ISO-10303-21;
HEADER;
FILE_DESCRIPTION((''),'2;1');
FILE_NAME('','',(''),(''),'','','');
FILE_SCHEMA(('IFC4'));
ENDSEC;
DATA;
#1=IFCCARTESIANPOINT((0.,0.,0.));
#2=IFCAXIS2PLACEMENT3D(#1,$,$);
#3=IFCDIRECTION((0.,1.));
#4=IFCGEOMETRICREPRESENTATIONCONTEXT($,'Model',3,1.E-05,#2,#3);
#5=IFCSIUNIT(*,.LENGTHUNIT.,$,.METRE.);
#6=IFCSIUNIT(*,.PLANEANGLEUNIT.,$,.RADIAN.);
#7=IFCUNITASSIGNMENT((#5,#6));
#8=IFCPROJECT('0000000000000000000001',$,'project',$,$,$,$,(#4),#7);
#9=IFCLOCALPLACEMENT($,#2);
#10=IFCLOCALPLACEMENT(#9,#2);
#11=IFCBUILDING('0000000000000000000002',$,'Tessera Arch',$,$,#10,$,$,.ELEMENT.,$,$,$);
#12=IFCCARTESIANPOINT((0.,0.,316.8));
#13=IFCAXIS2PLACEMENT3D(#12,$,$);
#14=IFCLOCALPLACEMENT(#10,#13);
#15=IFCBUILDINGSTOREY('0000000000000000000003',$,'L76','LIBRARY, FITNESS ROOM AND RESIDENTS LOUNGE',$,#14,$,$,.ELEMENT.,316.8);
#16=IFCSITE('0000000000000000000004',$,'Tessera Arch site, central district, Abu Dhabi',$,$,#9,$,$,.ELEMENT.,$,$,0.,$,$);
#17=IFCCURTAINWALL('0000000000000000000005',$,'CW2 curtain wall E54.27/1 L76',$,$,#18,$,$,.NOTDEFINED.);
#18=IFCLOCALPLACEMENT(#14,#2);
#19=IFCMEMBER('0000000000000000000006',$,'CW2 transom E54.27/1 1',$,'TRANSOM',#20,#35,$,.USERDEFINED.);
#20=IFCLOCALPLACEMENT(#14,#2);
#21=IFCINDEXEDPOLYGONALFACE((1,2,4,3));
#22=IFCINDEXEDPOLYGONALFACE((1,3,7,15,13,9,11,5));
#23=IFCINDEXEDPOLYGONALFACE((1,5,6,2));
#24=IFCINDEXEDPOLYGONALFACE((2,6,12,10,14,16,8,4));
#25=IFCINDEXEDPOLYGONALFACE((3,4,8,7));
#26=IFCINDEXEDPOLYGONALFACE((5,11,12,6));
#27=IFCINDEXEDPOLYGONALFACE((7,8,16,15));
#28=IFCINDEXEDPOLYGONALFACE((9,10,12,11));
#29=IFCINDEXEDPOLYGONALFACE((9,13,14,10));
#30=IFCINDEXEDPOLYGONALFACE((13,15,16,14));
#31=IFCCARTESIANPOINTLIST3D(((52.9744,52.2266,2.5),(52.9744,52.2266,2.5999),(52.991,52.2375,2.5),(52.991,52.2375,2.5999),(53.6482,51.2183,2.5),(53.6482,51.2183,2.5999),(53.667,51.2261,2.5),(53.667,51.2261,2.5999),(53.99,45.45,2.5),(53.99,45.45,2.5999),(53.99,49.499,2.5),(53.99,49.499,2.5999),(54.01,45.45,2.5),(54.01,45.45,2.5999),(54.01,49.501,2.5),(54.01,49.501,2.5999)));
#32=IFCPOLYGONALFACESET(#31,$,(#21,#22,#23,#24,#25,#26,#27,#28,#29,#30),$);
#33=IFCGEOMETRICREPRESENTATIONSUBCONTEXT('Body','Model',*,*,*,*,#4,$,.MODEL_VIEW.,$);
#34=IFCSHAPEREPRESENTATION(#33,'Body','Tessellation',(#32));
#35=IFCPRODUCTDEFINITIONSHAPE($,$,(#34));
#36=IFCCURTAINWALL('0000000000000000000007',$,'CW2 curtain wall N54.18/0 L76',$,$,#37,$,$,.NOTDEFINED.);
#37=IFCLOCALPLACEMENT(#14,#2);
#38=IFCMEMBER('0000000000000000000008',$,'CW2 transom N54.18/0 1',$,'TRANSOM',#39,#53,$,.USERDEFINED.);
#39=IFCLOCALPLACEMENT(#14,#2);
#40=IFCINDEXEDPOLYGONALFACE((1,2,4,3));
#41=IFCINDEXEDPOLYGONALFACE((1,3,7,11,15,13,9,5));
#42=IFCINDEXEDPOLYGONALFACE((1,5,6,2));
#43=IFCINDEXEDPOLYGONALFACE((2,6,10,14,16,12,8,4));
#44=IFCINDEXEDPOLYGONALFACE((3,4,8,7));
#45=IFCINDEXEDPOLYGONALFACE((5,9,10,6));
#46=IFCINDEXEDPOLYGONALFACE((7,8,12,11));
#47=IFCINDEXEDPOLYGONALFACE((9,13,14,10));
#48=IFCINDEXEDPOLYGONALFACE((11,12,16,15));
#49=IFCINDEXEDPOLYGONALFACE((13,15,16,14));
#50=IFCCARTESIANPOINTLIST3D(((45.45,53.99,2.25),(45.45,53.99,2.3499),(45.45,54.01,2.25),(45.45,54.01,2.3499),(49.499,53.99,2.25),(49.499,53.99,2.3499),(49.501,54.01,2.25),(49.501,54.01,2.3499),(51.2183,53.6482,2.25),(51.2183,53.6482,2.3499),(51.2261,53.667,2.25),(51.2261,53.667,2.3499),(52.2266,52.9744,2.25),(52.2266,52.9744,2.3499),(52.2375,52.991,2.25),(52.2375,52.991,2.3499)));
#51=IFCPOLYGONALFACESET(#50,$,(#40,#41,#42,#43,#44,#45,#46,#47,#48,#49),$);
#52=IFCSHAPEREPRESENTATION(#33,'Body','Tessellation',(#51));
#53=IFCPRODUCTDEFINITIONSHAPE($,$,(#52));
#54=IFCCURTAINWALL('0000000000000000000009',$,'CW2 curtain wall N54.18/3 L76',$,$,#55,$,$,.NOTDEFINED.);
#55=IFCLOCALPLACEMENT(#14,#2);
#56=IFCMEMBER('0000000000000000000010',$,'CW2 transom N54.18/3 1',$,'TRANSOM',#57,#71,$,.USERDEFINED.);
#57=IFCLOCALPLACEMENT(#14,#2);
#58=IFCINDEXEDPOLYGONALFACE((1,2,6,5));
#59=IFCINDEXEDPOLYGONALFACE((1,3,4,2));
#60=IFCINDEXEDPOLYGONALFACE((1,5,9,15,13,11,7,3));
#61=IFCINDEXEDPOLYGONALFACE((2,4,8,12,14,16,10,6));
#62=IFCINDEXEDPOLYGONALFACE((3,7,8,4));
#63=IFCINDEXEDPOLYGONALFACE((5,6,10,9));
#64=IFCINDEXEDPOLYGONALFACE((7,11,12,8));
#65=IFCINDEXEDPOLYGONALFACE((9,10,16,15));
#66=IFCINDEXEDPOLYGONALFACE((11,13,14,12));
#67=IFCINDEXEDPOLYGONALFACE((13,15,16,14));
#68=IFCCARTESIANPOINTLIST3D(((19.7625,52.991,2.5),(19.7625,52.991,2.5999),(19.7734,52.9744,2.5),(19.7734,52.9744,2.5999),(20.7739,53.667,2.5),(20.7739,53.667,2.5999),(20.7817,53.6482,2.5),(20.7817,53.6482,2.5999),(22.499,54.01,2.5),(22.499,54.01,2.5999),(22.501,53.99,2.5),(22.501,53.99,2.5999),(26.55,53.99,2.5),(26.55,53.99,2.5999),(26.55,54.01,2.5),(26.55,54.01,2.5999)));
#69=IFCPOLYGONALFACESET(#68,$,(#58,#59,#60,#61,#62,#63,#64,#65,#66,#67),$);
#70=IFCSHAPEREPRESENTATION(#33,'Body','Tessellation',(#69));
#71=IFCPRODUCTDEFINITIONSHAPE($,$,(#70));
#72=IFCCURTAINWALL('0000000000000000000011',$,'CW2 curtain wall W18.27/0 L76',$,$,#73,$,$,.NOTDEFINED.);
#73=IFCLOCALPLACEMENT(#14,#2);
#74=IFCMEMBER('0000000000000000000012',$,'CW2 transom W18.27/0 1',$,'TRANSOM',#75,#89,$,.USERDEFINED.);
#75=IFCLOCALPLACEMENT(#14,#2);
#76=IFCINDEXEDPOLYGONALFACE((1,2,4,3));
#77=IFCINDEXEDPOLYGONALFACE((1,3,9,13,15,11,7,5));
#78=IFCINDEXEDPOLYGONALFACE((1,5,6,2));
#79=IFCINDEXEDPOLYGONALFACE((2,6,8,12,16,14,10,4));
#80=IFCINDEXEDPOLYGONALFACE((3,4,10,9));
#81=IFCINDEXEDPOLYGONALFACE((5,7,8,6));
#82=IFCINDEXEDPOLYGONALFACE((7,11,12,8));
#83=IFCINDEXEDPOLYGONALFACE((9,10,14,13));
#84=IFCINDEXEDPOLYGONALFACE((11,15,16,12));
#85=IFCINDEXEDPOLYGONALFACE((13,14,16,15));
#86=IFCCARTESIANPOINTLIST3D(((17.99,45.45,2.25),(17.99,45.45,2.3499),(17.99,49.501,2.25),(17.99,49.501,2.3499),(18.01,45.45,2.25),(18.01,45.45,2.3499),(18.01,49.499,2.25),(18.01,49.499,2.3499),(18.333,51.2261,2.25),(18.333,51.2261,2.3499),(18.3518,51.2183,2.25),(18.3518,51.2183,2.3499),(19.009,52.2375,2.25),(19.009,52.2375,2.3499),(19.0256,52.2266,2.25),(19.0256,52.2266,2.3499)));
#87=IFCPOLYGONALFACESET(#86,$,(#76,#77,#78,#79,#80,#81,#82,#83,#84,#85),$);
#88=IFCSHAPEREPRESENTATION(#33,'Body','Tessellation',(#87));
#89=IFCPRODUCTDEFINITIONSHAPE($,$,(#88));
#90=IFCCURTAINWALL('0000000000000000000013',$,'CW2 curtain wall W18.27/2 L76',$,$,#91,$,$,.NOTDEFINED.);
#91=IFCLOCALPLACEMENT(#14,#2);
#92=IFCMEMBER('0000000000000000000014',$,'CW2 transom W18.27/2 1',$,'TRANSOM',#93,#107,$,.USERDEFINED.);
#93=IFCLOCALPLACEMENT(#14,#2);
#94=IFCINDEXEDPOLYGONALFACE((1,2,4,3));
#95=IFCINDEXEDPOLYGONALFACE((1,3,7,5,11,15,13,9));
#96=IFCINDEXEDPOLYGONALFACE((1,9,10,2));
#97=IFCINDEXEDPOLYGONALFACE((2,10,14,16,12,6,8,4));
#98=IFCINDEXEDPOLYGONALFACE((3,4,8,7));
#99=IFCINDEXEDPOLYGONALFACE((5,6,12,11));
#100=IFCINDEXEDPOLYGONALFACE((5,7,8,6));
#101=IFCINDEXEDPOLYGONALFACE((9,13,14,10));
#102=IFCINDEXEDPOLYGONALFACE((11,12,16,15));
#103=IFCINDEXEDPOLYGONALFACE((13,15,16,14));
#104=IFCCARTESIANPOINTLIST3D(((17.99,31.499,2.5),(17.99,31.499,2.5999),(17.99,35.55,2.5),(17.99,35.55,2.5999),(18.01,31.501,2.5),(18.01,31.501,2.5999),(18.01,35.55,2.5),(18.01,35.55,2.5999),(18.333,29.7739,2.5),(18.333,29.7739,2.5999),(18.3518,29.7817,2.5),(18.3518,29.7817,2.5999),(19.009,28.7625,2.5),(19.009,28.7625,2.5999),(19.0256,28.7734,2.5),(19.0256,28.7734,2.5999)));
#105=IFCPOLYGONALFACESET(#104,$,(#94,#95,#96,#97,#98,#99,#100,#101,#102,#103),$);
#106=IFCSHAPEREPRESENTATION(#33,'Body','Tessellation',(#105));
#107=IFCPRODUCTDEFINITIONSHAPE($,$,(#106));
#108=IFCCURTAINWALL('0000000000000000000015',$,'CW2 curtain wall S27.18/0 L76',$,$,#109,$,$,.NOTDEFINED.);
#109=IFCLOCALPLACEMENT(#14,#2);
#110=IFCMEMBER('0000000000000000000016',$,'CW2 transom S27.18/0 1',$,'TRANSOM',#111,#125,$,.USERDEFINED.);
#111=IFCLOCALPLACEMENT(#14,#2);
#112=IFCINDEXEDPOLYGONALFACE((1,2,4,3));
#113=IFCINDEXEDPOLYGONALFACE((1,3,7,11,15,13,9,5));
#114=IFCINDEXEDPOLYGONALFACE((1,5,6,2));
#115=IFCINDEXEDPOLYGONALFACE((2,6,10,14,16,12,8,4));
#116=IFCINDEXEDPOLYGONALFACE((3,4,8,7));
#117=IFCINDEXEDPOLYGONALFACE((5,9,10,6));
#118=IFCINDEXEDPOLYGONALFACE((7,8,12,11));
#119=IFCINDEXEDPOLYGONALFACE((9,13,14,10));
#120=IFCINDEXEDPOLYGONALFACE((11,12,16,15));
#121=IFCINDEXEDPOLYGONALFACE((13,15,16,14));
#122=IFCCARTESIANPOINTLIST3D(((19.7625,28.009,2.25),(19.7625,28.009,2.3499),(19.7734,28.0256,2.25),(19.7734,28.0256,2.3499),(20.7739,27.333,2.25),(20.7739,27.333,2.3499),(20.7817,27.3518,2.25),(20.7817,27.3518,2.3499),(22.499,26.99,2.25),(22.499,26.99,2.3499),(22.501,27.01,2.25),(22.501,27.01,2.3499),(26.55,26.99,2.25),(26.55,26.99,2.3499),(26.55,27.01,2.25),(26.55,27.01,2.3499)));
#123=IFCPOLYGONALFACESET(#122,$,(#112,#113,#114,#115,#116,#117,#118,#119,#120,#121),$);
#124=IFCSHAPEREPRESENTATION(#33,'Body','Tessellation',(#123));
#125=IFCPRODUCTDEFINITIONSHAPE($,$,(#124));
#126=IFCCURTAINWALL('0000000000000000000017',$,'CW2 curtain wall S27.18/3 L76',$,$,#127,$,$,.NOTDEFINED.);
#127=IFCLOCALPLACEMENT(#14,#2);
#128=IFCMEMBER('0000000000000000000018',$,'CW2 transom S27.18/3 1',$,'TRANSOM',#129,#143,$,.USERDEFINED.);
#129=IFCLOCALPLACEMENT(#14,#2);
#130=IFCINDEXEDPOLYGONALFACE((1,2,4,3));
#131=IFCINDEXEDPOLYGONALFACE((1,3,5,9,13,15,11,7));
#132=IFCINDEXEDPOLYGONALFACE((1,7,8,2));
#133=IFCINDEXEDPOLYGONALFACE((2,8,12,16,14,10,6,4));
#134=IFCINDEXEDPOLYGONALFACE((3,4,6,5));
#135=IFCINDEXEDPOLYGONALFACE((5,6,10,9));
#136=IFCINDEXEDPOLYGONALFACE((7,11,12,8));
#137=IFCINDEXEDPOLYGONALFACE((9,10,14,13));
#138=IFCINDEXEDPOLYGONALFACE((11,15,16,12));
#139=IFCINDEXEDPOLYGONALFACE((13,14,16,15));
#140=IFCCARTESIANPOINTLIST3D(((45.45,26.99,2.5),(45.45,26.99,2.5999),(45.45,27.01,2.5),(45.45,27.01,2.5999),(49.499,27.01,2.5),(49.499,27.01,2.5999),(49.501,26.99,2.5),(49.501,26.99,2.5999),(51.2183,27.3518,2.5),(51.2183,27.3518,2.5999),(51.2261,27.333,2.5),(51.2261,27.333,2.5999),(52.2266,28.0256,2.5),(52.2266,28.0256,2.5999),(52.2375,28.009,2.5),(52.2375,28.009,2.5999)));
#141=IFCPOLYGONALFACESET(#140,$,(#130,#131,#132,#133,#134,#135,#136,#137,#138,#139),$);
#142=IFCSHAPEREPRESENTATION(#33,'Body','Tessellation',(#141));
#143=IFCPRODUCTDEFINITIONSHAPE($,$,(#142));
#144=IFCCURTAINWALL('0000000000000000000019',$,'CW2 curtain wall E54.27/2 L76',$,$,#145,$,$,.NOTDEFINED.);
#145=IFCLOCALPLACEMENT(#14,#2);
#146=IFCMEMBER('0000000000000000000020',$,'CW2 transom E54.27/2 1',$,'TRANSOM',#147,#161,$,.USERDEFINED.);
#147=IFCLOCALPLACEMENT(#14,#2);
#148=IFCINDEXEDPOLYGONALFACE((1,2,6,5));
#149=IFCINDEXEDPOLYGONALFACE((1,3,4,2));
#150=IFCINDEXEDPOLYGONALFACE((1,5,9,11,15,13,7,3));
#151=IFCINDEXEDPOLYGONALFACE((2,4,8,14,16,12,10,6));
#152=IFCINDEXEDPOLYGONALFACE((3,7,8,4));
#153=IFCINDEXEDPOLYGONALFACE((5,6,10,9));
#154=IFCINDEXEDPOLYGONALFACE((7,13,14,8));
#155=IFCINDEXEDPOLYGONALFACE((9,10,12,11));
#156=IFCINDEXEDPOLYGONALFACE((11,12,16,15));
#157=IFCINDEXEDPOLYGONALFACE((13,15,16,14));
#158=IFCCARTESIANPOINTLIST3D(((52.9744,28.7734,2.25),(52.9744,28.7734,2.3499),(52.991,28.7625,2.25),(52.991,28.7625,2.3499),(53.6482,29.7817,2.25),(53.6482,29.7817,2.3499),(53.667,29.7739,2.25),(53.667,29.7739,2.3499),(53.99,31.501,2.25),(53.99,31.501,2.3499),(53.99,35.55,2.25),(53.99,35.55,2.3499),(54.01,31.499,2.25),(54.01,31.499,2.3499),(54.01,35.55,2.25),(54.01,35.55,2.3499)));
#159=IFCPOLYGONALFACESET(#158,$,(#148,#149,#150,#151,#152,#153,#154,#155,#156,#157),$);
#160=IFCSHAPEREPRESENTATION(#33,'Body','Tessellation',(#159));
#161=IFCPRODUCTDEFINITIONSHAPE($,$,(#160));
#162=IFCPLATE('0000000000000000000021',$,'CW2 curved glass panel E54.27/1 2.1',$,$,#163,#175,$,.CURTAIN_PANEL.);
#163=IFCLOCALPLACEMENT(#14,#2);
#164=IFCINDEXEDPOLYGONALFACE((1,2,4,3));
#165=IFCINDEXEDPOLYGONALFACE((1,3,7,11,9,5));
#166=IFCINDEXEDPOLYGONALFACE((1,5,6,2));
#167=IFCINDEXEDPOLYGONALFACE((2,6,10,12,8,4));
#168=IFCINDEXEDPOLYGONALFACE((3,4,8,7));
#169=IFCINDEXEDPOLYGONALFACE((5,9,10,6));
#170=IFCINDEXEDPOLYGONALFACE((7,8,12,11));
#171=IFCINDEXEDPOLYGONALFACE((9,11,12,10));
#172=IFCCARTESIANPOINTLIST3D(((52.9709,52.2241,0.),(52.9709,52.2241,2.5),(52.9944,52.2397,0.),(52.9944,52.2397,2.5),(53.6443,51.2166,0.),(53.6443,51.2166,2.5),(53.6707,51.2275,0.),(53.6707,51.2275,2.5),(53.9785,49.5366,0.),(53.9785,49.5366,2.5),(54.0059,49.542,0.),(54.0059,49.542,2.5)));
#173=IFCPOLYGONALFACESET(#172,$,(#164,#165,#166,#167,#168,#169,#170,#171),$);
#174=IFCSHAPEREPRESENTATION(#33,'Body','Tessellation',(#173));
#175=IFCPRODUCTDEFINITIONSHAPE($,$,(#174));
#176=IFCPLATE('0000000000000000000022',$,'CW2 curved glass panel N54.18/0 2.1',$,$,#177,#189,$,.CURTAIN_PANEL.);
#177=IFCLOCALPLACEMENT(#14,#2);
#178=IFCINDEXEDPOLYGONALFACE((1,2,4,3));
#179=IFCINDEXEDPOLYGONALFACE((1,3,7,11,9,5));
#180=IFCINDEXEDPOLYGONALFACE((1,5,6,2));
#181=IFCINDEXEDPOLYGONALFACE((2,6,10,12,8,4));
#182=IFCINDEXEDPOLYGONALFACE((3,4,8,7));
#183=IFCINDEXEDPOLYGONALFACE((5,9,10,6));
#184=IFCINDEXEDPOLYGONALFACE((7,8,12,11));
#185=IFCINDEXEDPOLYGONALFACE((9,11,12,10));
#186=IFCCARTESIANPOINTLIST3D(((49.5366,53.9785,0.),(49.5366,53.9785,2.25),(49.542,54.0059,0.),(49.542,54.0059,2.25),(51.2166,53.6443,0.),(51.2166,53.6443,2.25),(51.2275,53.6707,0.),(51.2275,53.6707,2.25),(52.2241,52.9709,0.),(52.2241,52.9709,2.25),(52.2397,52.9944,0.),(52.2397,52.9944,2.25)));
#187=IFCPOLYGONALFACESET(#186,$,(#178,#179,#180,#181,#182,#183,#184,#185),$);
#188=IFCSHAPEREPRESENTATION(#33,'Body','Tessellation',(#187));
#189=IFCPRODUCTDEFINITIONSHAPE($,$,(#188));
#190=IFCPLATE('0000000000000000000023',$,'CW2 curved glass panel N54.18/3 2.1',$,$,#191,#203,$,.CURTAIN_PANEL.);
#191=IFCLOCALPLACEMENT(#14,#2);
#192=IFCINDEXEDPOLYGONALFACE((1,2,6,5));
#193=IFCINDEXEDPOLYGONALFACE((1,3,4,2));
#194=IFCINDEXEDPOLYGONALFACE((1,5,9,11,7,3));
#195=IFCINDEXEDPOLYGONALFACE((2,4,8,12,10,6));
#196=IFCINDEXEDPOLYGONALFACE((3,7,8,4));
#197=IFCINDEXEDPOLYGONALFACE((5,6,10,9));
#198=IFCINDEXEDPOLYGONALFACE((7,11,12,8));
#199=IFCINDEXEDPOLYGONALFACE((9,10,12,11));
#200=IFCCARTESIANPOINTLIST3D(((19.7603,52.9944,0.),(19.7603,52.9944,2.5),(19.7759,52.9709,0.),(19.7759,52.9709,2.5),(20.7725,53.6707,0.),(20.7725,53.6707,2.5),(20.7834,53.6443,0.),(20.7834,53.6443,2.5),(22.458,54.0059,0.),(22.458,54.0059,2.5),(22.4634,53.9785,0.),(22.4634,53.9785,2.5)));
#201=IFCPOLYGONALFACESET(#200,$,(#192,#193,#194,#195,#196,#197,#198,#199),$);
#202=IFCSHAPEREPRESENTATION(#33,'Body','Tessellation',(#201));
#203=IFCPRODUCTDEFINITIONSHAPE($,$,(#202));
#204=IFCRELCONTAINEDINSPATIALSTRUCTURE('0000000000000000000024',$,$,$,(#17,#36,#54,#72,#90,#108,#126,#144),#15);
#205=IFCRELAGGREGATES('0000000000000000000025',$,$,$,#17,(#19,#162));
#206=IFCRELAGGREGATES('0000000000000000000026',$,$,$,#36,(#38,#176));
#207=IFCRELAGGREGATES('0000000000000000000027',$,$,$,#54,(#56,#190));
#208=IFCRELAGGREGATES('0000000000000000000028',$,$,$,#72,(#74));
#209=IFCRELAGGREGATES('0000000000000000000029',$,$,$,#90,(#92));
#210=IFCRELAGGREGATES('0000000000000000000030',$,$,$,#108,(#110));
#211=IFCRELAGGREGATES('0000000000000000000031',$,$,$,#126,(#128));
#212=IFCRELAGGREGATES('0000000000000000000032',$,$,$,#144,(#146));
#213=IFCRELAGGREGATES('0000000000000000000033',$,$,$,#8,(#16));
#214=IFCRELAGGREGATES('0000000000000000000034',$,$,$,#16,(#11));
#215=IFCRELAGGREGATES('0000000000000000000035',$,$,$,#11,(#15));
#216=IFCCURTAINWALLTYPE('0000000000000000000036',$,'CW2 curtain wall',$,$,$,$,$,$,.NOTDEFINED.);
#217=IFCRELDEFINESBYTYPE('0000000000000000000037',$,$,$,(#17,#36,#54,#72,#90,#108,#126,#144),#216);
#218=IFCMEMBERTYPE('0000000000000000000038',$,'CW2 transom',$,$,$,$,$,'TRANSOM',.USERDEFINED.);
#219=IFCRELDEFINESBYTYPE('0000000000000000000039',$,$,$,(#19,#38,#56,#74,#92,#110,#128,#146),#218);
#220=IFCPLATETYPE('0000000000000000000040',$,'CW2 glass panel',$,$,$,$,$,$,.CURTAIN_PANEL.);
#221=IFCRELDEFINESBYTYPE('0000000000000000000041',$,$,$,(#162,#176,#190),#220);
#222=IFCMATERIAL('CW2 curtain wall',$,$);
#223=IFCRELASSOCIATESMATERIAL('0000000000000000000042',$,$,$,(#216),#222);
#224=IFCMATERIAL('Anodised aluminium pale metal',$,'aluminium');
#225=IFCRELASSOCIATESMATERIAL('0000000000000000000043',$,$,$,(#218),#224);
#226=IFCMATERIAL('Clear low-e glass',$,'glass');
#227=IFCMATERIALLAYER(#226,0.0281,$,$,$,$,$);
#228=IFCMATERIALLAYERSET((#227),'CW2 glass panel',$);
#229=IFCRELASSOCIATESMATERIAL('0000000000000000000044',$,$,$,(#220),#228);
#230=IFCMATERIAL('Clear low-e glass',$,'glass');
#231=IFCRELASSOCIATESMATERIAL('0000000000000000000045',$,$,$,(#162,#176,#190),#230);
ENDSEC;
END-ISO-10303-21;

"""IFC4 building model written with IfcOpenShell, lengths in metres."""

from ifc_helpers import new_model, si_unit, direction, frame, origin, origin_2d, place, context, subcontext, project, spatial, polyline, rectangle, outline, extrude, material, layer, layer_set, material_profile, profile_set, type_object, element, aggregate, save


model = new_model("IFC4")

# Units and contexts
model_context = context("Model", 3, precision=1e-05, world=origin(), true_north=direction((0.0, 1.0)))
body_context = subcontext(model_context, "Body", "Model", "MODEL_VIEW")
ifc_project = project(units=[si_unit("LENGTHUNIT", "METRE"), si_unit("PLANEANGLEUNIT", "RADIAN")], contexts=[model_context])

# Site, building, storey
site_placement = place(None, origin())
site = spatial("IfcSite", under=ifc_project, at=site_placement, Name="Tessera Arch site, central district, Abu Dhabi", CompositionType="ELEMENT", RefElevation=0.0)
building_placement = place(site_placement, origin())
building = spatial("IfcBuilding", under=site, at=building_placement, Name="Tessera Arch", CompositionType="ELEMENT")
storey_placement = place(building_placement, frame((0.0, 0.0, 316.8)))
storey = spatial("IfcBuildingStorey", under=building, at=storey_placement, Name="L76", Description="LIBRARY, FITNESS ROOM AND RESIDENTS LOUNGE", CompositionType="ELEMENT", Elevation=316.8)

# Curtain walls, members
ifc_material_1 = material(Name="CW2 curtain wall")
curtain_wall_type = type_object("IfcCurtainWallType", Name="CW2 curtain wall", PredefinedType="NOTDEFINED", material=ifc_material_1)
curtain_wall_1_placement = place(storey_placement, origin())
curtain_wall_1 = element("IfcCurtainWall", 1, at=curtain_wall_1_placement, inside=storey, type_object=curtain_wall_type, Name="CW2 curtain wall E54.27/1 L76", PredefinedType="NOTDEFINED")
ifc_material_2 = material(Name="Anodised aluminium pale metal", Category="aluminium")
ifc_material_profile = material_profile(ifc_material_2, rectangle(XDim=0.2, YDim=0.1001, at=origin_2d()), Name="AL 200x100")
ifc_profile_set = profile_set([ifc_material_profile], Name="Anodised aluminium pale metal")
member_type = type_object("IfcMemberType", Name="CW2 transom", ElementType="TRANSOM", PredefinedType="USERDEFINED", material=ifc_profile_set)
member_1_placement = place(storey_placement, frame((0.0, 0.0, 2.5)))
member_1 = element("IfcMember", 2, at=member_1_placement, type_object=member_type, Name="CW2 transom E54.27/1 1", ObjectType="TRANSOM", PredefinedType="USERDEFINED", context=body_context, shape_type="SweptSolid", body=[
    extrude(outline(polyline([(53.99, 49.499), (53.99, 45.45), (54.01, 45.45), (54.01, 49.501), (53.667, 51.2261), (52.991, 52.2375), (52.9744, 52.2266), (53.6482, 51.2183), (53.99, 49.499)])), origin(), (0.0, 0.0, 1.0), 0.0999),
])
curtain_wall_2_placement = place(storey_placement, origin())
curtain_wall_2 = element("IfcCurtainWall", 3, at=curtain_wall_2_placement, inside=storey, type_object=curtain_wall_type, Name="CW2 curtain wall N54.18/0 L76", PredefinedType="NOTDEFINED")
member_2_placement = place(storey_placement, frame((0.0, 0.0, 2.25)))
member_2 = element("IfcMember", 4, at=member_2_placement, type_object=member_type, Name="CW2 transom N54.18/0 1", ObjectType="TRANSOM", PredefinedType="USERDEFINED", context=body_context, shape_type="SweptSolid", body=[
    extrude(outline(polyline([(51.2183, 53.6482), (52.2266, 52.9744), (52.2375, 52.991), (51.2261, 53.667), (49.501, 54.01), (45.45, 54.01), (45.45, 53.99), (49.499, 53.99), (51.2183, 53.6482)])), origin(), (0.0, 0.0, 1.0), 0.0999),
])
curtain_wall_3_placement = place(storey_placement, origin())
curtain_wall_3 = element("IfcCurtainWall", 5, at=curtain_wall_3_placement, inside=storey, type_object=curtain_wall_type, Name="CW2 curtain wall N54.18/3 L76", PredefinedType="NOTDEFINED")
member_3_placement = place(storey_placement, frame((0.0, 0.0, 2.5)))
member_3 = element("IfcMember", 6, at=member_3_placement, type_object=member_type, Name="CW2 transom N54.18/3 1", ObjectType="TRANSOM", PredefinedType="USERDEFINED", context=body_context, shape_type="SweptSolid", body=[
    extrude(outline(polyline([(22.501, 53.99), (26.55, 53.99), (26.55, 54.01), (22.499, 54.01), (20.7739, 53.667), (19.7625, 52.991), (19.7734, 52.9744), (20.7817, 53.6482), (22.501, 53.99)])), origin(), (0.0, 0.0, 1.0), 0.0999),
])
curtain_wall_4_placement = place(storey_placement, origin())
curtain_wall_4 = element("IfcCurtainWall", 7, at=curtain_wall_4_placement, inside=storey, type_object=curtain_wall_type, Name="CW2 curtain wall W18.27/0 L76", PredefinedType="NOTDEFINED")
member_4_placement = place(storey_placement, frame((0.0, 0.0, 2.25)))
member_4 = element("IfcMember", 8, at=member_4_placement, type_object=member_type, Name="CW2 transom W18.27/0 1", ObjectType="TRANSOM", PredefinedType="USERDEFINED", context=body_context, shape_type="SweptSolid", body=[
    extrude(outline(polyline([(18.3518, 51.2183), (19.0256, 52.2266), (19.009, 52.2375), (18.333, 51.2261), (17.99, 49.501), (17.99, 45.45), (18.01, 45.45), (18.01, 49.499), (18.3518, 51.2183)])), origin(), (0.0, 0.0, 1.0), 0.0999),
])
curtain_wall_5_placement = place(storey_placement, origin())
curtain_wall_5 = element("IfcCurtainWall", 9, at=curtain_wall_5_placement, inside=storey, type_object=curtain_wall_type, Name="CW2 curtain wall W18.27/2 L76", PredefinedType="NOTDEFINED")
member_5_placement = place(storey_placement, frame((0.0, 0.0, 2.5)))
member_5 = element("IfcMember", 10, at=member_5_placement, type_object=member_type, Name="CW2 transom W18.27/2 1", ObjectType="TRANSOM", PredefinedType="USERDEFINED", context=body_context, shape_type="SweptSolid", body=[
    extrude(outline(polyline([(18.01, 31.501), (18.01, 35.55), (17.99, 35.55), (17.99, 31.499), (18.333, 29.7739), (19.009, 28.7625), (19.0256, 28.7734), (18.3518, 29.7817), (18.01, 31.501)])), origin(), (0.0, 0.0, 1.0), 0.0999),
])
curtain_wall_6_placement = place(storey_placement, origin())
curtain_wall_6 = element("IfcCurtainWall", 11, at=curtain_wall_6_placement, inside=storey, type_object=curtain_wall_type, Name="CW2 curtain wall S27.18/0 L76", PredefinedType="NOTDEFINED")
member_6_placement = place(storey_placement, frame((0.0, 0.0, 2.25)))
member_6 = element("IfcMember", 12, at=member_6_placement, type_object=member_type, Name="CW2 transom S27.18/0 1", ObjectType="TRANSOM", PredefinedType="USERDEFINED", context=body_context, shape_type="SweptSolid", body=[
    extrude(outline(polyline([(20.7817, 27.3518), (19.7734, 28.0256), (19.7625, 28.009), (20.7739, 27.333), (22.499, 26.99), (26.55, 26.99), (26.55, 27.01), (22.501, 27.01), (20.7817, 27.3518)])), origin(), (0.0, 0.0, 1.0), 0.0999),
])
curtain_wall_7_placement = place(storey_placement, origin())
curtain_wall_7 = element("IfcCurtainWall", 13, at=curtain_wall_7_placement, inside=storey, type_object=curtain_wall_type, Name="CW2 curtain wall S27.18/3 L76", PredefinedType="NOTDEFINED")
member_7_placement = place(storey_placement, frame((0.0, 0.0, 2.5)))
member_7 = element("IfcMember", 14, at=member_7_placement, type_object=member_type, Name="CW2 transom S27.18/3 1", ObjectType="TRANSOM", PredefinedType="USERDEFINED", context=body_context, shape_type="SweptSolid", body=[
    extrude(outline(polyline([(49.499, 27.01), (45.45, 27.01), (45.45, 26.99), (49.501, 26.99), (51.2261, 27.333), (52.2375, 28.009), (52.2266, 28.0256), (51.2183, 27.3518), (49.499, 27.01)])), origin(), (0.0, 0.0, 1.0), 0.0999),
])
curtain_wall_8_placement = place(storey_placement, origin())
curtain_wall_8 = element("IfcCurtainWall", 15, at=curtain_wall_8_placement, inside=storey, type_object=curtain_wall_type, Name="CW2 curtain wall E54.27/2 L76", PredefinedType="NOTDEFINED")
member_8_placement = place(storey_placement, frame((0.0, 0.0, 2.25)))
member_8 = element("IfcMember", 16, at=member_8_placement, type_object=member_type, Name="CW2 transom E54.27/2 1", ObjectType="TRANSOM", PredefinedType="USERDEFINED", context=body_context, shape_type="SweptSolid", body=[
    extrude(outline(polyline([(53.6482, 29.7817), (52.9744, 28.7734), (52.991, 28.7625), (53.667, 29.7739), (54.01, 31.499), (54.01, 35.55), (53.99, 35.55), (53.99, 31.501), (53.6482, 29.7817)])), origin(), (0.0, 0.0, 1.0), 0.0999),
])

# Plates
ifc_material_3 = material(Name="Clear low-e glass", Category="glass")
ifc_material_4 = material(Name="Clear low-e glass", Category="glass")
ifc_layer_1 = layer(ifc_material_4, 0.0281)
ifc_layer_set_1 = layer_set([ifc_layer_1], Name="CW2 glass panel")
plate_type_1 = type_object("IfcPlateType", Name="CW2 glass panel", PredefinedType="CURTAIN_PANEL", material=ifc_layer_set_1)
plate_1_placement = place(storey_placement, origin())
plate_1 = element("IfcPlate", 17, at=plate_1_placement, type_object=plate_type_1, material=ifc_material_3, Name="CW2 curved glass panel E54.27/1 2.1", PredefinedType="CURTAIN_PANEL", context=body_context, shape_type="SweptSolid", body=[
    extrude(outline(polyline([(53.6443, 51.2166), (53.9785, 49.5366), (54.0059, 49.542), (53.6707, 51.2275), (52.9944, 52.2397), (52.9709, 52.2241), (53.6443, 51.2166)])), origin(), (0.0, 0.0, 1.0), 2.5),
])
plate_2_placement = place(storey_placement, origin())
plate_2 = element("IfcPlate", 18, at=plate_2_placement, type_object=plate_type_1, material=ifc_material_3, Name="CW2 curved glass panel N54.18/0 2.1", PredefinedType="CURTAIN_PANEL", context=body_context, shape_type="SweptSolid", body=[
    extrude(outline(polyline([(51.2166, 53.6443), (52.2241, 52.9709), (52.2397, 52.9944), (51.2275, 53.6707), (49.542, 54.0059), (49.5366, 53.9785), (51.2166, 53.6443)])), origin(), (0.0, 0.0, 1.0), 2.25),
])
plate_3_placement = place(storey_placement, origin())
plate_3 = element("IfcPlate", 19, at=plate_3_placement, type_object=plate_type_1, material=ifc_material_3, Name="CW2 curved glass panel N54.18/3 2.1", PredefinedType="CURTAIN_PANEL", context=body_context, shape_type="SweptSolid", body=[
    extrude(outline(polyline([(20.7834, 53.6443), (22.4634, 53.9785), (22.458, 54.0059), (20.7725, 53.6707), (19.7603, 52.9944), (19.7759, 52.9709), (20.7834, 53.6443)])), origin(), (0.0, 0.0, 1.0), 2.5),
])
aggregate(curtain_wall_1, [member_1, plate_1])
aggregate(curtain_wall_2, [member_2, plate_2])
aggregate(curtain_wall_3, [member_3, plate_3])
aggregate(curtain_wall_4, [member_4])
aggregate(curtain_wall_5, [member_5])
aggregate(curtain_wall_6, [member_6])
aggregate(curtain_wall_7, [member_7])
aggregate(curtain_wall_8, [member_8])

save(model, "model.ifc")
